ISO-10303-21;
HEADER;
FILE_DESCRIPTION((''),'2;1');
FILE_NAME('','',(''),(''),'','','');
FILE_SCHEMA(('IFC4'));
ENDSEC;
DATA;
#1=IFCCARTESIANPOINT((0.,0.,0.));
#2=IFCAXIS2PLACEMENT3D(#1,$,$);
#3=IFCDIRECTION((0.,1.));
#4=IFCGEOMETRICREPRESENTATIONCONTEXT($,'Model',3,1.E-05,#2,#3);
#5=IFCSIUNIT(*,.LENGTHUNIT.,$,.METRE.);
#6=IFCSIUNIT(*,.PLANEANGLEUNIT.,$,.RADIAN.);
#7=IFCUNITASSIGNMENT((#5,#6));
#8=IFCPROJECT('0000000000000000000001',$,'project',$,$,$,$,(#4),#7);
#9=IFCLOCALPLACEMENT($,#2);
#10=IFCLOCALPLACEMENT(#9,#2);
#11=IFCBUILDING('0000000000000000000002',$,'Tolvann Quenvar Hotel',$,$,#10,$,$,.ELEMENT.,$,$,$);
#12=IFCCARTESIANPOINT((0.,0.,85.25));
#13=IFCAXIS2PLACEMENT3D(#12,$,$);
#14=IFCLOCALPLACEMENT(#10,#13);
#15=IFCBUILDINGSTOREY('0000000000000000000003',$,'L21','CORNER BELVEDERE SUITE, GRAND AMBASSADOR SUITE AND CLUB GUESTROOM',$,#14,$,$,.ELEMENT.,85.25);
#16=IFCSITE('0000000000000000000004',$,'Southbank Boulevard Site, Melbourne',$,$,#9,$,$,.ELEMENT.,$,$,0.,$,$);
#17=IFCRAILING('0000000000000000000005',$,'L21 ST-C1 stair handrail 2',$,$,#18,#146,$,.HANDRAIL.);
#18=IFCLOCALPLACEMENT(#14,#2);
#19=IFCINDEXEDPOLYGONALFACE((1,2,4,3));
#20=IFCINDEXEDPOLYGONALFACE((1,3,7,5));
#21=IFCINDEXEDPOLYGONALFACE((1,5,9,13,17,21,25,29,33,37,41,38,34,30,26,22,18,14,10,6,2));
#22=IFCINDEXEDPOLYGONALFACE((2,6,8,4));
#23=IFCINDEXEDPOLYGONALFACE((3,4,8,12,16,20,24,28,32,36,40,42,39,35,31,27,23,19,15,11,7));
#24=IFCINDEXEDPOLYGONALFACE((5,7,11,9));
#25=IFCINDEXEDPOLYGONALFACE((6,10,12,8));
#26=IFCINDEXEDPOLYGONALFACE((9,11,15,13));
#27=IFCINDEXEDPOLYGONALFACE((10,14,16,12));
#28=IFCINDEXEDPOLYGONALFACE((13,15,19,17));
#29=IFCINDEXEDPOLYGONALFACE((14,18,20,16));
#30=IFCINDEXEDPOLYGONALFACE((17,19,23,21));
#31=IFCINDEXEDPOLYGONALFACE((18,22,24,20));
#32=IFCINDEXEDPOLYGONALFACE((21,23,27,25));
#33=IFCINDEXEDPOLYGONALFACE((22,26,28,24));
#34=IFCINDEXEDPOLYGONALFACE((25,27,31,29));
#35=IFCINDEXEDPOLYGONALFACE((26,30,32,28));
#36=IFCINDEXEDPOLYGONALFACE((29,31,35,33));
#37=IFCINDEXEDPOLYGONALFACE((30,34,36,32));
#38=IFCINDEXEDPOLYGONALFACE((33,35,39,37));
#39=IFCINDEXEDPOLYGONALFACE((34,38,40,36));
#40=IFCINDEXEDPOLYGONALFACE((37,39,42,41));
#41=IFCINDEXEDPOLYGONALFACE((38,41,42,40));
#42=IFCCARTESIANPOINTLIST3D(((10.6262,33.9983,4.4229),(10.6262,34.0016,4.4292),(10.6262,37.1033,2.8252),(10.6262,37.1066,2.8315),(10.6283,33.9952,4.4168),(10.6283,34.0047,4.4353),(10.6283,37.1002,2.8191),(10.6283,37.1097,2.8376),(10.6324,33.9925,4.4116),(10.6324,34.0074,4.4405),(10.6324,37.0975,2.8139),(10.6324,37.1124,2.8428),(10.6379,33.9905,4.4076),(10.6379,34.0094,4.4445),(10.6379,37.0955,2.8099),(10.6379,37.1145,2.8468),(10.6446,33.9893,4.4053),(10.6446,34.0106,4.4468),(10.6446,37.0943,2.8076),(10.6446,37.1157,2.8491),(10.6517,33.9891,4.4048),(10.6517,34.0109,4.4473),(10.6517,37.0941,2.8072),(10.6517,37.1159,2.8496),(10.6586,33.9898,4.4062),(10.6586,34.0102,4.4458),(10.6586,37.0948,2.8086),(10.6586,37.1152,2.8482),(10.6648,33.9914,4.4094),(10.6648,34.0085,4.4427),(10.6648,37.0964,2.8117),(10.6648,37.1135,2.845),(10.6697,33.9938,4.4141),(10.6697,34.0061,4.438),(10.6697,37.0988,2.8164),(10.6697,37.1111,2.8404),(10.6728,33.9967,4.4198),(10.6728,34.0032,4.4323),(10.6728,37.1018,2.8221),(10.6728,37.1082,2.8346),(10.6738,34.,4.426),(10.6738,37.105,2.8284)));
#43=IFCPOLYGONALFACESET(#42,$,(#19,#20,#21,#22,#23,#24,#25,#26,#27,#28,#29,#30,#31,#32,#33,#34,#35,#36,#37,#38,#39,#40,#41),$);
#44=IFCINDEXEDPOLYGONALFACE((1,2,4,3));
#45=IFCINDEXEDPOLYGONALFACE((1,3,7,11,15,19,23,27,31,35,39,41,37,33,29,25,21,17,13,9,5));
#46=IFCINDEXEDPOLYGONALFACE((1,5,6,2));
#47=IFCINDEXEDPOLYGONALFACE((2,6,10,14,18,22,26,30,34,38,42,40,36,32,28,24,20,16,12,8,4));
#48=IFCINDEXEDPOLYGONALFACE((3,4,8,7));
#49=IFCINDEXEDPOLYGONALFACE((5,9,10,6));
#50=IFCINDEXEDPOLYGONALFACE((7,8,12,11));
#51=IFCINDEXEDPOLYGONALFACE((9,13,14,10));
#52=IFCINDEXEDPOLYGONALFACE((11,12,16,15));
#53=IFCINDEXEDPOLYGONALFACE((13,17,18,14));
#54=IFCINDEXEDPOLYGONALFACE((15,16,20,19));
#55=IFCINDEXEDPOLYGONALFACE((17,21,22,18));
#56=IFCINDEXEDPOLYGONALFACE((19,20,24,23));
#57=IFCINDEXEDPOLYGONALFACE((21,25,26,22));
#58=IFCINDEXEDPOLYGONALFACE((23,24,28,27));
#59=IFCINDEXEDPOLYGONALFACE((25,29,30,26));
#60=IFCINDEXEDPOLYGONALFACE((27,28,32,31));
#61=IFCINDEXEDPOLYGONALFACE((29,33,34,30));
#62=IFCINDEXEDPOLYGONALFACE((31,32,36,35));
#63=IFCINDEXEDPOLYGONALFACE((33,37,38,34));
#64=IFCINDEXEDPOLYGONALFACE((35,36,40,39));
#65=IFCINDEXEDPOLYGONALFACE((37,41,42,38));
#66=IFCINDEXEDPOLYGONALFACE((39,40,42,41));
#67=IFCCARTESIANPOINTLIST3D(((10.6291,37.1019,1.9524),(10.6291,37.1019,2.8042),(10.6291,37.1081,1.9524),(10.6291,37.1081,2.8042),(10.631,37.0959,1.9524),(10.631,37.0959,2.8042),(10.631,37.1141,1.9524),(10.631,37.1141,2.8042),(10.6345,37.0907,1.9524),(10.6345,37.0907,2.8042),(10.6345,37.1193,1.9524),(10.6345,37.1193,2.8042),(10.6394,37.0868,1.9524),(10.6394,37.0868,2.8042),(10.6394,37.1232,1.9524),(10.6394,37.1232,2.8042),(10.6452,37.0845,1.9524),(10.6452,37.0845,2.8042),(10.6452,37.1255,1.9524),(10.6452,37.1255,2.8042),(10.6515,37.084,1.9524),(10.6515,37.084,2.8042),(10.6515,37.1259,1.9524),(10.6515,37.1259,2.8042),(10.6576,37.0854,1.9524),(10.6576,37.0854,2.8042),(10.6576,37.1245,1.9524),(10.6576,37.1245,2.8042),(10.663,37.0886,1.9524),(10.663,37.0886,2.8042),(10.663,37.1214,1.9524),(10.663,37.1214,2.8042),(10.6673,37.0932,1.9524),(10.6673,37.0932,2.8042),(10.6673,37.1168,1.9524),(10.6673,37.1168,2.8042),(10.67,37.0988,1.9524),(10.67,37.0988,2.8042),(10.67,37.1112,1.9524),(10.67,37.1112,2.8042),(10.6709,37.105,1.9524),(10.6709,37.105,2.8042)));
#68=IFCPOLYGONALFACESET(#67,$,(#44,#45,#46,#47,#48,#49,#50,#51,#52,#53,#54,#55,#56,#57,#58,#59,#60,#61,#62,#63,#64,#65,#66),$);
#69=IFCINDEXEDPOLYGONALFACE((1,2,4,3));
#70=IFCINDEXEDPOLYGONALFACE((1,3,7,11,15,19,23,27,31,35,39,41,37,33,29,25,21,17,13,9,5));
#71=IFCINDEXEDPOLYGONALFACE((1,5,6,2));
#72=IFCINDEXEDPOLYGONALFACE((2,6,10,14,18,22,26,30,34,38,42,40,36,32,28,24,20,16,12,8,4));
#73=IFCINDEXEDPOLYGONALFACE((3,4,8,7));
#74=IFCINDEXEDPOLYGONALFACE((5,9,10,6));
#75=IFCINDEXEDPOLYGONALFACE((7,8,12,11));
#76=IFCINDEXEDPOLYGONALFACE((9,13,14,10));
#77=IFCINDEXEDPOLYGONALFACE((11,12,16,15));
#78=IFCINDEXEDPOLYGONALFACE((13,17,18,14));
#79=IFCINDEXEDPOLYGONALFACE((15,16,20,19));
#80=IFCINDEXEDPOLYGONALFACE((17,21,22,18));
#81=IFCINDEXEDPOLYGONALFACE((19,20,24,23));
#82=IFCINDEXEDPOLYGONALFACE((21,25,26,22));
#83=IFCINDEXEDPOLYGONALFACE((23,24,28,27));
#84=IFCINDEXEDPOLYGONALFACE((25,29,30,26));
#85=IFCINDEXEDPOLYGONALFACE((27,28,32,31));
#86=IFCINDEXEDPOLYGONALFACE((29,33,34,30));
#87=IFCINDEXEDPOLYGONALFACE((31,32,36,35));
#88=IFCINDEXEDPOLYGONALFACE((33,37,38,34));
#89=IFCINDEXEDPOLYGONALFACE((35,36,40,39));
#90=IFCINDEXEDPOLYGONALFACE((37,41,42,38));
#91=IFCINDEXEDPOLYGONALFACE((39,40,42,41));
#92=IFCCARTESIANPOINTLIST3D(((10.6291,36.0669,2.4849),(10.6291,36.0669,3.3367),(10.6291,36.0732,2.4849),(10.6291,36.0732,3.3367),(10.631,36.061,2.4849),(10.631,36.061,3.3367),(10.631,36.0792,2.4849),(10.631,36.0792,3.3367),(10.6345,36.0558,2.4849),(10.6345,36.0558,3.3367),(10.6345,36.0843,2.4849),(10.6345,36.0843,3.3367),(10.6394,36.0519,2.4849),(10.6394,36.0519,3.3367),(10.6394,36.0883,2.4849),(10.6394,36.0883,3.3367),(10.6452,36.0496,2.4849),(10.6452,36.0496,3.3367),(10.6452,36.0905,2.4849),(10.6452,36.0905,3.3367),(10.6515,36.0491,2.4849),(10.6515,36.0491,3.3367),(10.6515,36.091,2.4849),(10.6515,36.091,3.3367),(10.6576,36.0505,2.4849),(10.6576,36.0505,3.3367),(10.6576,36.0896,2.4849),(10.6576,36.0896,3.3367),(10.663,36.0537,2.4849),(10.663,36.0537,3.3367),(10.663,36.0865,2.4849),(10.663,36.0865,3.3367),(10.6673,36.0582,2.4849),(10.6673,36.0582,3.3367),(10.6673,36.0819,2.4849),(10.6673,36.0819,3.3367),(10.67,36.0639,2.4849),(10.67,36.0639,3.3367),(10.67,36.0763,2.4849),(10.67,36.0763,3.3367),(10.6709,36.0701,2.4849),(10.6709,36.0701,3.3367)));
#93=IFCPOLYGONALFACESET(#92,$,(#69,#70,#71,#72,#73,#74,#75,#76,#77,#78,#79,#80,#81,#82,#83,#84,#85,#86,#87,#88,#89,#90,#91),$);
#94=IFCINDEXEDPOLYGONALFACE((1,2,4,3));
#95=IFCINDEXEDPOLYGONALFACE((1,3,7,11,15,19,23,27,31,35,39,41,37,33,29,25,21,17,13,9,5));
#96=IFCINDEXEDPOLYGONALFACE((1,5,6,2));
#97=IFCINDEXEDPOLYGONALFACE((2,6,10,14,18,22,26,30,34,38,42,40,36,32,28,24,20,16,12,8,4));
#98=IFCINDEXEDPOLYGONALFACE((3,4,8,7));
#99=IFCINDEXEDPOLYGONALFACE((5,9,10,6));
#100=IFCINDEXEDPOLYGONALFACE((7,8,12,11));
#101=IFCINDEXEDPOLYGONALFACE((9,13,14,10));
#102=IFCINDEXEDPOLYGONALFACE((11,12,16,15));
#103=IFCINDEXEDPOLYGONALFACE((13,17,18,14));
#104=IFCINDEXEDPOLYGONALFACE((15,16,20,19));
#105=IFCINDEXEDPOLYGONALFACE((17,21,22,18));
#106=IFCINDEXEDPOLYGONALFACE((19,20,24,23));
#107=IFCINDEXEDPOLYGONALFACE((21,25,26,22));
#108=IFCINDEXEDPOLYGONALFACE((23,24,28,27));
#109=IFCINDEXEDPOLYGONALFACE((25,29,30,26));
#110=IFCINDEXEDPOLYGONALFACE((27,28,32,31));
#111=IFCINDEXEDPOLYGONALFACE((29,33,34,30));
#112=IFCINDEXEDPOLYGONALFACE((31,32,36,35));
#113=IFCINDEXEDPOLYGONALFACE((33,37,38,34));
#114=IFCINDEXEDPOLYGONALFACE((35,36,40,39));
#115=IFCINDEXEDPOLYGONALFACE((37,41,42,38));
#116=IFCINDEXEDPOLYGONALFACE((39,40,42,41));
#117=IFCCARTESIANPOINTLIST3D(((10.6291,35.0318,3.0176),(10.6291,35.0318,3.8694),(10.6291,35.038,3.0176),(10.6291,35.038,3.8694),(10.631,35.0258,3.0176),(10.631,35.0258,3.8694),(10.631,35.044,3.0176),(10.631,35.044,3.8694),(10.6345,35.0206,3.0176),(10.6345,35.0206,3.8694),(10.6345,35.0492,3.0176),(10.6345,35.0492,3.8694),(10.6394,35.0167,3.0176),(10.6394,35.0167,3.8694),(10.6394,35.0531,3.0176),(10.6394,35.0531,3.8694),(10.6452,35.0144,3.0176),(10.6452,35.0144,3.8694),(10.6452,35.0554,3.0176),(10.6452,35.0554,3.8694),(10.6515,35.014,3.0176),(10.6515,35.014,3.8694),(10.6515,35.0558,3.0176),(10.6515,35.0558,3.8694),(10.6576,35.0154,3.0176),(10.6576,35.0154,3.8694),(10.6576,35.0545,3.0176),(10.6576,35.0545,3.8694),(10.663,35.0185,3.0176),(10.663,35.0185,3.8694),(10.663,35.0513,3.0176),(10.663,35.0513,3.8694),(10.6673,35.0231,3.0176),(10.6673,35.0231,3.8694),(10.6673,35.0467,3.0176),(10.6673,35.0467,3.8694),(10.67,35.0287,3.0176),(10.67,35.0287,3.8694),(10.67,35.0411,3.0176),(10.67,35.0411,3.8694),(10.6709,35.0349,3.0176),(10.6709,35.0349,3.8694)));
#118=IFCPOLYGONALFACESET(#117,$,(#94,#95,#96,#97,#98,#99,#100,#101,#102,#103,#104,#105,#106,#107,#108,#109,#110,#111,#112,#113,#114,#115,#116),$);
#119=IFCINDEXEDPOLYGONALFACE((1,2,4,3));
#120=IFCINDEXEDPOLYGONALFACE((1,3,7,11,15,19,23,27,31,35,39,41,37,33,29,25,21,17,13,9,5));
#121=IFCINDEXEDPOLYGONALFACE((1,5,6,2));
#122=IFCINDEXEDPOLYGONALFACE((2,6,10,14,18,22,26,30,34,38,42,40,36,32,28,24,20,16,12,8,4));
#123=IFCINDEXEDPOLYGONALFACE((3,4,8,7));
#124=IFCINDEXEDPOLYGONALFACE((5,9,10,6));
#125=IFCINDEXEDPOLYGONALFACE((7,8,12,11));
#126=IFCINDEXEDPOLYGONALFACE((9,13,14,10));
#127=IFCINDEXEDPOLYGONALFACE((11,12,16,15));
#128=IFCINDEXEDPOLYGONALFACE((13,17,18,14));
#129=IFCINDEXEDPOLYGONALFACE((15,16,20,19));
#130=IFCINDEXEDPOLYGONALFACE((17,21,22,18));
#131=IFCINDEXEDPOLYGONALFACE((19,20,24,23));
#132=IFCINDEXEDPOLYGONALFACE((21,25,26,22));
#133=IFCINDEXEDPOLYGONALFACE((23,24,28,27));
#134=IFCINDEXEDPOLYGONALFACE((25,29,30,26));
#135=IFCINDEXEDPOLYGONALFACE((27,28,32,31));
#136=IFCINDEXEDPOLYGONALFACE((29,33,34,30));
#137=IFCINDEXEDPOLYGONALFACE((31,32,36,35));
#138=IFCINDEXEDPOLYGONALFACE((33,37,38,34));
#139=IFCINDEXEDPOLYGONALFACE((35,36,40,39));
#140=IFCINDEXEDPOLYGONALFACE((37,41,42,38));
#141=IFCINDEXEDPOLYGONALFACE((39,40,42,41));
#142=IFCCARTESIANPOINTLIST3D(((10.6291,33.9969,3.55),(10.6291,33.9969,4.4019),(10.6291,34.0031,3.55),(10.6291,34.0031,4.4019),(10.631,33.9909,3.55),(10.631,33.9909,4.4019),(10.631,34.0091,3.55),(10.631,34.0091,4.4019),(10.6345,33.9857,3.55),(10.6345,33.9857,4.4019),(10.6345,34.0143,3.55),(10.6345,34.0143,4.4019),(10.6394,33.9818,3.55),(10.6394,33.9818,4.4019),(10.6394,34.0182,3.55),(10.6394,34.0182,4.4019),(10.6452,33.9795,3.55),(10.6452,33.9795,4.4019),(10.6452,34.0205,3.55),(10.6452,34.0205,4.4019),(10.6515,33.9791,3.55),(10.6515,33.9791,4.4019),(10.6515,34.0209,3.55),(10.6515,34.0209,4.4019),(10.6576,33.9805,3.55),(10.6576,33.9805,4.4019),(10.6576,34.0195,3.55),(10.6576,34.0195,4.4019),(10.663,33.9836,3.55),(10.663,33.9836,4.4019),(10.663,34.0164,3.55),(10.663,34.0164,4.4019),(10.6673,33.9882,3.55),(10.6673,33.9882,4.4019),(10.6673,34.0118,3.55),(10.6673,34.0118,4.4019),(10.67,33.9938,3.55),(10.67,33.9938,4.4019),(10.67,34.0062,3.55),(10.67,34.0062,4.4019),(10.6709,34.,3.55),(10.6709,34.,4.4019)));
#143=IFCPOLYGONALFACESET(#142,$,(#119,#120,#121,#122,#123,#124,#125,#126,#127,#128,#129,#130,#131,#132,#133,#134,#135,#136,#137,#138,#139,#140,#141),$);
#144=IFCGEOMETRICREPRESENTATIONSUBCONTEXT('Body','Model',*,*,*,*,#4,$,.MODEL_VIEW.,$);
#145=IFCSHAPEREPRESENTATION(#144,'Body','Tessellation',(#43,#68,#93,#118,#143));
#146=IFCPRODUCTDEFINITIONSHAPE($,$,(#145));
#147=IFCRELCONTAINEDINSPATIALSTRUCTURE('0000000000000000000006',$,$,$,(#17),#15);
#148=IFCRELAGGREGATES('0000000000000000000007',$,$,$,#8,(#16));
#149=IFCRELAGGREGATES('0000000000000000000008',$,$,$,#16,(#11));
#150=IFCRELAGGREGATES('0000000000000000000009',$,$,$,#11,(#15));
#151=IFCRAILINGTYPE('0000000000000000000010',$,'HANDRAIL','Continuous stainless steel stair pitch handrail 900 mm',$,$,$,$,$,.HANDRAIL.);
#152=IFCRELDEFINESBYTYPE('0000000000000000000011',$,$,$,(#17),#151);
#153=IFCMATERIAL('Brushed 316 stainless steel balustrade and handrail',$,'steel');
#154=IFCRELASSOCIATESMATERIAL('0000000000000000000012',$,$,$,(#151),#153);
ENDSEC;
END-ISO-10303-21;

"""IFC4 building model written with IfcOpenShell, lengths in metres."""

from ifc_helpers import new_model, si_unit, direction, frame, origin, origin_2d, place, context, subcontext, project, spatial, circle, extrude, material, type_object, element, save


model = new_model("IFC4")

# Units and contexts
model_context = context("Model", 3, precision=1e-05, world=origin(), true_north=direction((0.0, 1.0)))
body_context = subcontext(model_context, "Body", "Model", "MODEL_VIEW")
ifc_project = project(units=[si_unit("LENGTHUNIT", "METRE"), si_unit("PLANEANGLEUNIT", "RADIAN")], contexts=[model_context])

# Site, building, storey
site_placement = place(None, origin())
site = spatial("IfcSite", under=ifc_project, at=site_placement, Name="Southbank Boulevard Site, Melbourne", CompositionType="ELEMENT", RefElevation=0.0)
building_placement = place(site_placement, origin())
building = spatial("IfcBuilding", under=site, at=building_placement, Name="Tolvann Quenvar Hotel", CompositionType="ELEMENT")
storey_placement = place(building_placement, frame((0.0, 0.0, 85.25)))
storey = spatial("IfcBuildingStorey", under=building, at=storey_placement, Name="L21", Description="CORNER BELVEDERE SUITE, GRAND AMBASSADOR SUITE AND CLUB GUESTROOM", CompositionType="ELEMENT", Elevation=85.25)

# Railing
ifc_material_1 = material(Name="Brushed 316 stainless steel balustrade and handrail", Category="steel")
railing_type_1 = type_object("IfcRailingType", Name="HANDRAIL", Description="Continuous stainless steel stair pitch handrail 900 mm", PredefinedType="HANDRAIL", material=ifc_material_1)
railing_1_placement = place(storey_placement, frame((10.6499, 37.105, 1.9524)))
element("IfcRailing", 1, at=railing_1_placement, inside=storey, type_object=railing_type_1, Name="L21 ST-C1 stair handrail 2", PredefinedType="HANDRAIL", context=body_context, shape_type="SweptSolid", body=[
    extrude(circle(Radius=0.0239, at=origin_2d()), frame((0.0, 0.0, 0.876), z_axis=(0.0, -0.889194, 0.457531), x_axis=(1.0, 0.0, 0.0)), (0.0, 0.0, 1.0), 3.4919),
    extrude(circle(Radius=0.021, at=origin_2d()), origin(), (0.0, 0.0, 1.0), 0.8518),
    extrude(circle(Radius=0.021, at=origin_2d()), frame((0.0, -1.0349, 0.5325)), (0.0, 0.0, 1.0), 0.8518),
    extrude(circle(Radius=0.021, at=origin_2d()), frame((0.0, -2.0701, 1.0652)), (0.0, 0.0, 1.0), 0.8518),
    extrude(circle(Radius=0.021, at=origin_2d()), frame((0.0, -3.105, 1.5977)), (0.0, 0.0, 1.0), 0.8518),
])

save(model, "model.ifc")
